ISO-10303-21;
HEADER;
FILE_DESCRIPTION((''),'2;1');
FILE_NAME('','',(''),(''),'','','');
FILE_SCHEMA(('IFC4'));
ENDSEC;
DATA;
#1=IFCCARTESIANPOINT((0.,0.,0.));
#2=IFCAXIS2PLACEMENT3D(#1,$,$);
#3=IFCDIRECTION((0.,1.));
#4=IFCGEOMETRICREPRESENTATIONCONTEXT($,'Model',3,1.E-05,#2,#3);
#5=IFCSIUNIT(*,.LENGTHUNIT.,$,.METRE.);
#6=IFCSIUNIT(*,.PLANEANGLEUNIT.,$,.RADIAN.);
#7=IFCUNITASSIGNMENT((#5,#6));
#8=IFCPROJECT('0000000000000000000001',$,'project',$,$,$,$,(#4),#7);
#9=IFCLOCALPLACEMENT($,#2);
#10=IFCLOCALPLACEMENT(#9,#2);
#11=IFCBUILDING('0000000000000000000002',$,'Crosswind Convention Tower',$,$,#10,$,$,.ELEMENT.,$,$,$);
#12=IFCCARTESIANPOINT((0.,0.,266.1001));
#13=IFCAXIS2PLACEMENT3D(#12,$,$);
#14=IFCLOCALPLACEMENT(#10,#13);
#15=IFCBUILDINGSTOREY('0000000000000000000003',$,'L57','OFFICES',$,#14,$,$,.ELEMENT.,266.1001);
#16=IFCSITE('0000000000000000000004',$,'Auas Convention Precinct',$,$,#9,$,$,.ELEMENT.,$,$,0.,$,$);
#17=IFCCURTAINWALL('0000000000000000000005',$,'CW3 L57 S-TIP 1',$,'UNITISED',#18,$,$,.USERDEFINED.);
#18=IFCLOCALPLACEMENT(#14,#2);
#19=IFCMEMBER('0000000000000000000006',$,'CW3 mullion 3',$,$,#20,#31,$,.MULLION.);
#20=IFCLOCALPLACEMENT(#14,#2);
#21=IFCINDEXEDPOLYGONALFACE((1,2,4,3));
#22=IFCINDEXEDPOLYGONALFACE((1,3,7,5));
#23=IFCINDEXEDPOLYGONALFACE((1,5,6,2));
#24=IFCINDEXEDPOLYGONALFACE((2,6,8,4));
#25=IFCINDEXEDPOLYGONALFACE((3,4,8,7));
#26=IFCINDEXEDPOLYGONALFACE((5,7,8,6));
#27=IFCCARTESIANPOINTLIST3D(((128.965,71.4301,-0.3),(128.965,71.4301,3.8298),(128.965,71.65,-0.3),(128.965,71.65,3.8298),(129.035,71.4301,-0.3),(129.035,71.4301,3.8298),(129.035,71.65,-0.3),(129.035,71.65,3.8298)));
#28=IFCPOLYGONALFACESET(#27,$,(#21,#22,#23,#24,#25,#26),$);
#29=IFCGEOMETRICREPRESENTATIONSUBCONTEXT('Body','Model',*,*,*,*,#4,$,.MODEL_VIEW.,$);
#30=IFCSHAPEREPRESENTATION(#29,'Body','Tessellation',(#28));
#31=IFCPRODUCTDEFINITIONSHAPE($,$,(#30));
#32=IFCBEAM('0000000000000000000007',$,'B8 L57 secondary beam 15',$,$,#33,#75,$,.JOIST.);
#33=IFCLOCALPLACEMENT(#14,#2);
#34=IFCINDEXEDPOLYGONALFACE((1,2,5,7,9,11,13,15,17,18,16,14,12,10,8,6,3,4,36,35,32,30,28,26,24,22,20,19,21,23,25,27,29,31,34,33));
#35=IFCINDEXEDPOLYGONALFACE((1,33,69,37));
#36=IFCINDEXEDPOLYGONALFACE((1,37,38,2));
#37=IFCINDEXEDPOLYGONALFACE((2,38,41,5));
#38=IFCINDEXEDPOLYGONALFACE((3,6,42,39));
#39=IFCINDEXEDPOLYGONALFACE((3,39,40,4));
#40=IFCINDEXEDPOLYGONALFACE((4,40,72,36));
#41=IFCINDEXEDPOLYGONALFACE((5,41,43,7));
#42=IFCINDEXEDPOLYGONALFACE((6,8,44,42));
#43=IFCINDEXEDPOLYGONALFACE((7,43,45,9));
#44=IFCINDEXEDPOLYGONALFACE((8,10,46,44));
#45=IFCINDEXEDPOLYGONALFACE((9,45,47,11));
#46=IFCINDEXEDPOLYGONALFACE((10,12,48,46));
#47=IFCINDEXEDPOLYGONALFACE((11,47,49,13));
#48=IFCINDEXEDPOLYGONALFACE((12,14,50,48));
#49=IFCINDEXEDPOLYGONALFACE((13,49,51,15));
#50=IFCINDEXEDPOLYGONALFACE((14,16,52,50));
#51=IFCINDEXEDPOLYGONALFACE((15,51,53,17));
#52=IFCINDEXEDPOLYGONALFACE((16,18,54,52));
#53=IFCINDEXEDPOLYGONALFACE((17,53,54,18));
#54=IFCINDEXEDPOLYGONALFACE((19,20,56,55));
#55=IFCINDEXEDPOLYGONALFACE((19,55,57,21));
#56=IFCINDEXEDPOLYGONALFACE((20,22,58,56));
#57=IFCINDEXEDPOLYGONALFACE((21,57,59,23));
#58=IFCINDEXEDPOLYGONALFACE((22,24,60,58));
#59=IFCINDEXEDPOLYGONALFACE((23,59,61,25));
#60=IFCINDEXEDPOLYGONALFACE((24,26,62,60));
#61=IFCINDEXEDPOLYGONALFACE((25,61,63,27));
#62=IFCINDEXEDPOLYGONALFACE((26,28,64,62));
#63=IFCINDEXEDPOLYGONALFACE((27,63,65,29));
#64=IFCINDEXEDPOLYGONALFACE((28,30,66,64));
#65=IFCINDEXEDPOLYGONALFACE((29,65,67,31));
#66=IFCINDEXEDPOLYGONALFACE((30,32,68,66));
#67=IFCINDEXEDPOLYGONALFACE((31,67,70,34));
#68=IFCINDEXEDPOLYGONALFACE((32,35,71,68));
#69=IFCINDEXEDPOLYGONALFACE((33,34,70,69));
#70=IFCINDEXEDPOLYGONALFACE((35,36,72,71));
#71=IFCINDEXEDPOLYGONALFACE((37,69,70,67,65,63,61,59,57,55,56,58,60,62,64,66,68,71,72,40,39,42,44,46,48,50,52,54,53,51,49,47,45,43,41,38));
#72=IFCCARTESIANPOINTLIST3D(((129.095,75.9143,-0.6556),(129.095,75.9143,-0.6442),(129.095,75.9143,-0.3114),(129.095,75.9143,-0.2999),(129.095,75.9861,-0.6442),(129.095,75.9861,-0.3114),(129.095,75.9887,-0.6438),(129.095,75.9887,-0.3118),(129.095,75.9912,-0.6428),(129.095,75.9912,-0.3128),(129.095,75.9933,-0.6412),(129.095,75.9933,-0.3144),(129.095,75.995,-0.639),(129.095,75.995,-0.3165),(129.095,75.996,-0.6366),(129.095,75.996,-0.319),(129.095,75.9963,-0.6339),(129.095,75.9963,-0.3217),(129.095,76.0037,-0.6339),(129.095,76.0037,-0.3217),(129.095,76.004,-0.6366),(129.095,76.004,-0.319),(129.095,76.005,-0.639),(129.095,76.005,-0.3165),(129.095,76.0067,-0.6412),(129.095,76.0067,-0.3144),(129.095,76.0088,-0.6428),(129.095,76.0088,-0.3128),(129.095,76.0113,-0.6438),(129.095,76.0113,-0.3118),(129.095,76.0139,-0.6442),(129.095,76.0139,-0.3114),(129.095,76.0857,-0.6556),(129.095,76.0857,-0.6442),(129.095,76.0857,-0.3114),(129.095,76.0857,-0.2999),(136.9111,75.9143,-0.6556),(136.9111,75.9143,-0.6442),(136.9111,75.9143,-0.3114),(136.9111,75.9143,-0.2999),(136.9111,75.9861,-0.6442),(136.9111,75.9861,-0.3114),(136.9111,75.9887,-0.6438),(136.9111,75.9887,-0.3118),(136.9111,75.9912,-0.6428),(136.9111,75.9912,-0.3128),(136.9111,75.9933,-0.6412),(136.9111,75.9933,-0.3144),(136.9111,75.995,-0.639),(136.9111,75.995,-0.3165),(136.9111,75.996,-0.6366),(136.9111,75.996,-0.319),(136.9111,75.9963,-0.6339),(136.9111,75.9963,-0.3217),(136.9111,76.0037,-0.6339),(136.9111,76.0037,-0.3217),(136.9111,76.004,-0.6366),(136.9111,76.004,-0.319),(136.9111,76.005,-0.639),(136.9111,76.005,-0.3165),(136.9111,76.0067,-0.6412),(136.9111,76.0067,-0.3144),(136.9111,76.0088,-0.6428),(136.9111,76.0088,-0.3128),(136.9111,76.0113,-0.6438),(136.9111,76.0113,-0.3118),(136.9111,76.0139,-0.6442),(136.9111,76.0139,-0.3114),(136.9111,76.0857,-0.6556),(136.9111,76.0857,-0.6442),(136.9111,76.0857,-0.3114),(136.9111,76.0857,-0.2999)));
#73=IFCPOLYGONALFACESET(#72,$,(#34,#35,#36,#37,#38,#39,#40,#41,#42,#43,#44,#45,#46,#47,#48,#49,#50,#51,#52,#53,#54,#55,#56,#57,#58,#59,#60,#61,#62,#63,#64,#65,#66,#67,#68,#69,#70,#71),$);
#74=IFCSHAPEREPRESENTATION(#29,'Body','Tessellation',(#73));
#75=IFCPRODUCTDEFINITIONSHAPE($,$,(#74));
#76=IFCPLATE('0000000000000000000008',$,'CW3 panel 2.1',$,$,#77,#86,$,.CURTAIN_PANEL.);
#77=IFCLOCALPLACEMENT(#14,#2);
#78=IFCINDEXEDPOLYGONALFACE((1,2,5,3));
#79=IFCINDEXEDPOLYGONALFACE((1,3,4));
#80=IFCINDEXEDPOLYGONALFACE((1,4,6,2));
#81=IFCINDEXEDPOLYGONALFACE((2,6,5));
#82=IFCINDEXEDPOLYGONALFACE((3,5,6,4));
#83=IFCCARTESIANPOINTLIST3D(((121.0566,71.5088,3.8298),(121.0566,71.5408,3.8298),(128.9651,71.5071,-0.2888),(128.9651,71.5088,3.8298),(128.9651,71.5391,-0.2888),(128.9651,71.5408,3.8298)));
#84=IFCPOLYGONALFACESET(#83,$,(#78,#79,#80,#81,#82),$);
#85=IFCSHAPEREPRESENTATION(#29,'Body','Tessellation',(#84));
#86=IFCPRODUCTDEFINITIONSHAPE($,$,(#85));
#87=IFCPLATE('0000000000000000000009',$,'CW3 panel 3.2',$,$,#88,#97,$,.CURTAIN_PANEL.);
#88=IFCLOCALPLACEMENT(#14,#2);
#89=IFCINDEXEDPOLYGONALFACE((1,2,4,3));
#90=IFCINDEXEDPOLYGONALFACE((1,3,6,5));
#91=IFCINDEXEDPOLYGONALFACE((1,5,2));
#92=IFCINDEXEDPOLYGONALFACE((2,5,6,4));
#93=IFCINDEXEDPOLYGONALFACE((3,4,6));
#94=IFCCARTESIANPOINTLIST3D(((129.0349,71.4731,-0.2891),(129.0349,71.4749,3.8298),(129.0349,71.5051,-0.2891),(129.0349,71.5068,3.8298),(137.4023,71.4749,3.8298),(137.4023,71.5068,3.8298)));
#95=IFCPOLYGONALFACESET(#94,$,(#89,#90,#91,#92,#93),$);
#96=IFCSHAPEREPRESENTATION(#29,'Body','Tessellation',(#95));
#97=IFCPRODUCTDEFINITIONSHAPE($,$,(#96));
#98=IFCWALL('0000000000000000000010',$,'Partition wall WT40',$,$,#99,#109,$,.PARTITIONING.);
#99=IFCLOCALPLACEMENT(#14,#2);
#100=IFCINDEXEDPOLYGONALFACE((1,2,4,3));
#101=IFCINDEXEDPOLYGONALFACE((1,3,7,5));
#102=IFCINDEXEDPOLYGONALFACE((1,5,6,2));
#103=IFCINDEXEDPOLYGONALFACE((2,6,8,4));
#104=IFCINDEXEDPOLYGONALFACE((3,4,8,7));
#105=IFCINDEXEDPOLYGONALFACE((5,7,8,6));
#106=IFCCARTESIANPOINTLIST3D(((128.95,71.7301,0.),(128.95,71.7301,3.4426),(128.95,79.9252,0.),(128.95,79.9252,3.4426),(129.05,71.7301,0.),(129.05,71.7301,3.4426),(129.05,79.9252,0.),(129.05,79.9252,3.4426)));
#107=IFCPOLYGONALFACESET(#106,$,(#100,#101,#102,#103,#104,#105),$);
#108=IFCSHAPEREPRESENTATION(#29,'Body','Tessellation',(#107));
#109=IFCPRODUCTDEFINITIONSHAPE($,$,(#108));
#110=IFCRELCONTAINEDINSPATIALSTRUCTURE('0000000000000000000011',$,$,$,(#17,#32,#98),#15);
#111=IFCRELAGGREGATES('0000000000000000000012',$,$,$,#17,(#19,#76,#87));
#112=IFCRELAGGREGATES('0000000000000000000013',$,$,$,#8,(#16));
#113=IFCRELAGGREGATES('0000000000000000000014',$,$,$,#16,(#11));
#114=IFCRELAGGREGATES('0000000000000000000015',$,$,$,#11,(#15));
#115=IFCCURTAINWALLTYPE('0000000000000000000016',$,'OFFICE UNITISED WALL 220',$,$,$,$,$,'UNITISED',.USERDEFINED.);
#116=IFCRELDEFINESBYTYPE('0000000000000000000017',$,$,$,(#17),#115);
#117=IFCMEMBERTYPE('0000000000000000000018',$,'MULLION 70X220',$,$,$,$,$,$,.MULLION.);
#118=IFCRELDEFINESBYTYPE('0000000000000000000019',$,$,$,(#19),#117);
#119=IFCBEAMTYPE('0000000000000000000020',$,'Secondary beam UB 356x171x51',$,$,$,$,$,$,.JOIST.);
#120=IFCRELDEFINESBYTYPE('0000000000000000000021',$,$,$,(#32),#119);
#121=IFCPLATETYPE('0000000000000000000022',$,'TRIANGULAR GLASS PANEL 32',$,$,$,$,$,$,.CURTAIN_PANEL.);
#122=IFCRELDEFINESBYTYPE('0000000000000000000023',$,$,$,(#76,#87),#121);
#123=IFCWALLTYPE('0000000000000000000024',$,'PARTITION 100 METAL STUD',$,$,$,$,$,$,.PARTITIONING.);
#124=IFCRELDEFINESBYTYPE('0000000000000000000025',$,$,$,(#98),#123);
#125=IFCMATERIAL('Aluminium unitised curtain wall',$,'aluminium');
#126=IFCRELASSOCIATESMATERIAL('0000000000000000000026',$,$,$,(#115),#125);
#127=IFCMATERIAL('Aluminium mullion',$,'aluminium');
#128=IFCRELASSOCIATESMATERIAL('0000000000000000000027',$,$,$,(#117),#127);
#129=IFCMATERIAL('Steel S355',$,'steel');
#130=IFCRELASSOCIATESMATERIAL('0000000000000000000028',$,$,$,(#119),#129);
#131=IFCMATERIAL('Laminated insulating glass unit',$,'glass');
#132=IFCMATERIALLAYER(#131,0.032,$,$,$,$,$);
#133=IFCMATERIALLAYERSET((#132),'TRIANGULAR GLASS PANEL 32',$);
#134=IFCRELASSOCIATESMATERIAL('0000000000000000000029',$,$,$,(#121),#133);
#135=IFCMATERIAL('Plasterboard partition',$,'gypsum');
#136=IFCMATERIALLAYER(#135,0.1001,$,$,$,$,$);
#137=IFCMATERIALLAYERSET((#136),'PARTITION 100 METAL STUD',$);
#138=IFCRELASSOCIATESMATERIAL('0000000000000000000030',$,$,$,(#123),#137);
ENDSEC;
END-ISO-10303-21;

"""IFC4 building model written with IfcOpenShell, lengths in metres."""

from ifc_helpers import new_model, si_unit, direction, frame, frame_2d, origin, origin_2d, place, context, subcontext, project, spatial, polyline, rectangle, i_section, outline, extrude, material, layer, layer_set, material_profile, profile_set, type_object, element, aggregate, save


model = new_model("IFC4")

# Units and contexts
model_context = context("Model", 3, precision=1e-05, world=origin(), true_north=direction((0.0, 1.0)))
body_context = subcontext(model_context, "Body", "Model", "MODEL_VIEW")
ifc_project = project(units=[si_unit("LENGTHUNIT", "METRE"), si_unit("PLANEANGLEUNIT", "RADIAN")], contexts=[model_context])

# Site, building, storey
site_placement = place(None, origin())
site = spatial("IfcSite", under=ifc_project, at=site_placement, Name="Auas Convention Precinct", CompositionType="ELEMENT", RefElevation=0.0)
building_placement = place(site_placement, origin())
building = spatial("IfcBuilding", under=site, at=building_placement, Name="Crosswind Convention Tower", CompositionType="ELEMENT")
storey_placement = place(building_placement, frame((0.0, 0.0, 266.1001)))
storey = spatial("IfcBuildingStorey", under=building, at=storey_placement, Name="L57", Description="OFFICES", CompositionType="ELEMENT", Elevation=266.1001)

# Shared definitions
ifc_material_1 = material(Name="Steel S355", Category="steel")

# Curtain wall, member
ifc_material_2 = material(Name="Aluminium unitised curtain wall", Category="aluminium")
curtain_wall_type = type_object("IfcCurtainWallType", Name="OFFICE UNITISED WALL 220", ElementType="UNITISED", PredefinedType="USERDEFINED", material=ifc_material_2)
curtain_wall_placement = place(storey_placement, origin())
curtain_wall = element("IfcCurtainWall", 1, at=curtain_wall_placement, inside=storey, type_object=curtain_wall_type, Name="CW3 L57 S-TIP 1", ObjectType="UNITISED", PredefinedType="USERDEFINED")
ifc_material_3 = material(Name="Aluminium mullion", Category="aluminium")
ifc_material_profile_1 = material_profile(ifc_material_3, rectangle(XDim=0.22, YDim=0.0701, at=origin_2d()), Name="AL 220X70")
ifc_profile_set_1 = profile_set([ifc_material_profile_1], Name="Aluminium mullion")
member_type = type_object("IfcMemberType", Name="MULLION 70X220", PredefinedType="MULLION", material=ifc_profile_set_1)
member_placement = place(storey_placement, frame((129.0, 71.54, -0.3), z_axis=(0.0, 0.0, 1.0), x_axis=(0.0, -1.0, 0.0)))
member = element("IfcMember", 2, at=member_placement, type_object=member_type, Name="CW3 mullion 3", PredefinedType="MULLION", context=body_context, shape_type="SweptSolid", body=[
    extrude(rectangle(XDim=0.22, YDim=0.0701, at=origin_2d()), origin(), (0.0, 0.0, 1.0), 4.1299),
])

# Beam
ifc_material_profile_2 = material_profile(ifc_material_1, i_section(OverallWidth=0.1714, OverallDepth=0.3557, WebThickness=0.0073, FlangeThickness=0.0115, FilletRadius=0.0103, at=origin_2d()), Name="UB 356x171x51")
ifc_profile_set_2 = profile_set([ifc_material_profile_2], Name="Steel S355")
beam_type_1 = type_object("IfcBeamType", Name="Secondary beam UB 356x171x51", PredefinedType="JOIST", material=ifc_profile_set_2)
beam_1_placement = place(storey_placement, frame((129.095, 76.0, -0.4778), z_axis=(1.0, 0.0, 0.0), x_axis=(0.0, 1.0, 0.0)))
element("IfcBeam", 3, at=beam_1_placement, inside=storey, type_object=beam_type_1, Name="B8 L57 secondary beam 15", PredefinedType="JOIST", context=body_context, shape_type="SweptSolid", body=[
    extrude(i_section(OverallWidth=0.1714, OverallDepth=0.3557, WebThickness=0.0073, FlangeThickness=0.0115, FilletRadius=0.0103, at=origin_2d()), origin(), (0.0, 0.0, 1.0), 7.8162),
])

# Plates
ifc_material_4 = material(Name="Laminated insulating glass unit", Category="glass")
ifc_layer_1 = layer(ifc_material_4, 0.032)
ifc_layer_set_1 = layer_set([ifc_layer_1], Name="TRIANGULAR GLASS PANEL 32")
plate_type = type_object("IfcPlateType", Name="TRIANGULAR GLASS PANEL 32", PredefinedType="CURTAIN_PANEL", material=ifc_layer_set_1)
plate_1_placement = place(storey_placement, frame((128.9651, 71.5088, 3.8298), z_axis=(0.0, -1.0, 0.000415), x_axis=(-1.0, 0.0, 0.0)))
plate_1 = element("IfcPlate", 4, at=plate_1_placement, type_object=plate_type, Name="CW3 panel 2.1", PredefinedType="CURTAIN_PANEL", context=body_context, shape_type="SweptSolid", body=[
    extrude(outline(polyline([(0.0, 0.0), (7.9084, 0.0), (0.0, 4.1187), (0.0, 0.0)])), origin(), (0.0, 0.0, -1.0), 0.032),
])
plate_2_placement = place(storey_placement, frame((129.0349, 71.4749, 3.8298), z_axis=(0.0, -1.0, 0.000415), x_axis=(0.0, -0.000415, -1.0)))
plate_2 = element("IfcPlate", 5, at=plate_2_placement, type_object=plate_type, Name="CW3 panel 3.2", PredefinedType="CURTAIN_PANEL", context=body_context, shape_type="SweptSolid", body=[
    extrude(outline(polyline([(0.0, 0.0), (4.1189, 0.0), (0.0, 8.3674), (0.0, 0.0)])), origin(), (0.0, 0.0, -1.0), 0.032),
])
aggregate(curtain_wall, [member, plate_1, plate_2])

# Wall
ifc_material_5 = material(Name="Plasterboard partition", Category="gypsum")
ifc_layer_2 = layer(ifc_material_5, 0.1001)
ifc_layer_set_2 = layer_set([ifc_layer_2], Name="PARTITION 100 METAL STUD")
wall_type_1 = type_object("IfcWallType", Name="PARTITION 100 METAL STUD", PredefinedType="PARTITIONING", material=ifc_layer_set_2)
wall_1_placement = place(storey_placement, frame((129.0, 71.73, 0.0), z_axis=(0.0, 0.0, 1.0), x_axis=(0.0, 1.0, 0.0)))
element("IfcWall", 6, at=wall_1_placement, inside=storey, type_object=wall_type_1, Name="Partition wall WT40", PredefinedType="PARTITIONING", context=body_context, shape_type="SweptSolid", body=[
    extrude(rectangle(XDim=8.1951, YDim=0.1001, at=frame_2d((4.0977, 0.0))), origin(), (0.0, 0.0, 1.0), 3.4426),
])

save(model, "model.ifc")
